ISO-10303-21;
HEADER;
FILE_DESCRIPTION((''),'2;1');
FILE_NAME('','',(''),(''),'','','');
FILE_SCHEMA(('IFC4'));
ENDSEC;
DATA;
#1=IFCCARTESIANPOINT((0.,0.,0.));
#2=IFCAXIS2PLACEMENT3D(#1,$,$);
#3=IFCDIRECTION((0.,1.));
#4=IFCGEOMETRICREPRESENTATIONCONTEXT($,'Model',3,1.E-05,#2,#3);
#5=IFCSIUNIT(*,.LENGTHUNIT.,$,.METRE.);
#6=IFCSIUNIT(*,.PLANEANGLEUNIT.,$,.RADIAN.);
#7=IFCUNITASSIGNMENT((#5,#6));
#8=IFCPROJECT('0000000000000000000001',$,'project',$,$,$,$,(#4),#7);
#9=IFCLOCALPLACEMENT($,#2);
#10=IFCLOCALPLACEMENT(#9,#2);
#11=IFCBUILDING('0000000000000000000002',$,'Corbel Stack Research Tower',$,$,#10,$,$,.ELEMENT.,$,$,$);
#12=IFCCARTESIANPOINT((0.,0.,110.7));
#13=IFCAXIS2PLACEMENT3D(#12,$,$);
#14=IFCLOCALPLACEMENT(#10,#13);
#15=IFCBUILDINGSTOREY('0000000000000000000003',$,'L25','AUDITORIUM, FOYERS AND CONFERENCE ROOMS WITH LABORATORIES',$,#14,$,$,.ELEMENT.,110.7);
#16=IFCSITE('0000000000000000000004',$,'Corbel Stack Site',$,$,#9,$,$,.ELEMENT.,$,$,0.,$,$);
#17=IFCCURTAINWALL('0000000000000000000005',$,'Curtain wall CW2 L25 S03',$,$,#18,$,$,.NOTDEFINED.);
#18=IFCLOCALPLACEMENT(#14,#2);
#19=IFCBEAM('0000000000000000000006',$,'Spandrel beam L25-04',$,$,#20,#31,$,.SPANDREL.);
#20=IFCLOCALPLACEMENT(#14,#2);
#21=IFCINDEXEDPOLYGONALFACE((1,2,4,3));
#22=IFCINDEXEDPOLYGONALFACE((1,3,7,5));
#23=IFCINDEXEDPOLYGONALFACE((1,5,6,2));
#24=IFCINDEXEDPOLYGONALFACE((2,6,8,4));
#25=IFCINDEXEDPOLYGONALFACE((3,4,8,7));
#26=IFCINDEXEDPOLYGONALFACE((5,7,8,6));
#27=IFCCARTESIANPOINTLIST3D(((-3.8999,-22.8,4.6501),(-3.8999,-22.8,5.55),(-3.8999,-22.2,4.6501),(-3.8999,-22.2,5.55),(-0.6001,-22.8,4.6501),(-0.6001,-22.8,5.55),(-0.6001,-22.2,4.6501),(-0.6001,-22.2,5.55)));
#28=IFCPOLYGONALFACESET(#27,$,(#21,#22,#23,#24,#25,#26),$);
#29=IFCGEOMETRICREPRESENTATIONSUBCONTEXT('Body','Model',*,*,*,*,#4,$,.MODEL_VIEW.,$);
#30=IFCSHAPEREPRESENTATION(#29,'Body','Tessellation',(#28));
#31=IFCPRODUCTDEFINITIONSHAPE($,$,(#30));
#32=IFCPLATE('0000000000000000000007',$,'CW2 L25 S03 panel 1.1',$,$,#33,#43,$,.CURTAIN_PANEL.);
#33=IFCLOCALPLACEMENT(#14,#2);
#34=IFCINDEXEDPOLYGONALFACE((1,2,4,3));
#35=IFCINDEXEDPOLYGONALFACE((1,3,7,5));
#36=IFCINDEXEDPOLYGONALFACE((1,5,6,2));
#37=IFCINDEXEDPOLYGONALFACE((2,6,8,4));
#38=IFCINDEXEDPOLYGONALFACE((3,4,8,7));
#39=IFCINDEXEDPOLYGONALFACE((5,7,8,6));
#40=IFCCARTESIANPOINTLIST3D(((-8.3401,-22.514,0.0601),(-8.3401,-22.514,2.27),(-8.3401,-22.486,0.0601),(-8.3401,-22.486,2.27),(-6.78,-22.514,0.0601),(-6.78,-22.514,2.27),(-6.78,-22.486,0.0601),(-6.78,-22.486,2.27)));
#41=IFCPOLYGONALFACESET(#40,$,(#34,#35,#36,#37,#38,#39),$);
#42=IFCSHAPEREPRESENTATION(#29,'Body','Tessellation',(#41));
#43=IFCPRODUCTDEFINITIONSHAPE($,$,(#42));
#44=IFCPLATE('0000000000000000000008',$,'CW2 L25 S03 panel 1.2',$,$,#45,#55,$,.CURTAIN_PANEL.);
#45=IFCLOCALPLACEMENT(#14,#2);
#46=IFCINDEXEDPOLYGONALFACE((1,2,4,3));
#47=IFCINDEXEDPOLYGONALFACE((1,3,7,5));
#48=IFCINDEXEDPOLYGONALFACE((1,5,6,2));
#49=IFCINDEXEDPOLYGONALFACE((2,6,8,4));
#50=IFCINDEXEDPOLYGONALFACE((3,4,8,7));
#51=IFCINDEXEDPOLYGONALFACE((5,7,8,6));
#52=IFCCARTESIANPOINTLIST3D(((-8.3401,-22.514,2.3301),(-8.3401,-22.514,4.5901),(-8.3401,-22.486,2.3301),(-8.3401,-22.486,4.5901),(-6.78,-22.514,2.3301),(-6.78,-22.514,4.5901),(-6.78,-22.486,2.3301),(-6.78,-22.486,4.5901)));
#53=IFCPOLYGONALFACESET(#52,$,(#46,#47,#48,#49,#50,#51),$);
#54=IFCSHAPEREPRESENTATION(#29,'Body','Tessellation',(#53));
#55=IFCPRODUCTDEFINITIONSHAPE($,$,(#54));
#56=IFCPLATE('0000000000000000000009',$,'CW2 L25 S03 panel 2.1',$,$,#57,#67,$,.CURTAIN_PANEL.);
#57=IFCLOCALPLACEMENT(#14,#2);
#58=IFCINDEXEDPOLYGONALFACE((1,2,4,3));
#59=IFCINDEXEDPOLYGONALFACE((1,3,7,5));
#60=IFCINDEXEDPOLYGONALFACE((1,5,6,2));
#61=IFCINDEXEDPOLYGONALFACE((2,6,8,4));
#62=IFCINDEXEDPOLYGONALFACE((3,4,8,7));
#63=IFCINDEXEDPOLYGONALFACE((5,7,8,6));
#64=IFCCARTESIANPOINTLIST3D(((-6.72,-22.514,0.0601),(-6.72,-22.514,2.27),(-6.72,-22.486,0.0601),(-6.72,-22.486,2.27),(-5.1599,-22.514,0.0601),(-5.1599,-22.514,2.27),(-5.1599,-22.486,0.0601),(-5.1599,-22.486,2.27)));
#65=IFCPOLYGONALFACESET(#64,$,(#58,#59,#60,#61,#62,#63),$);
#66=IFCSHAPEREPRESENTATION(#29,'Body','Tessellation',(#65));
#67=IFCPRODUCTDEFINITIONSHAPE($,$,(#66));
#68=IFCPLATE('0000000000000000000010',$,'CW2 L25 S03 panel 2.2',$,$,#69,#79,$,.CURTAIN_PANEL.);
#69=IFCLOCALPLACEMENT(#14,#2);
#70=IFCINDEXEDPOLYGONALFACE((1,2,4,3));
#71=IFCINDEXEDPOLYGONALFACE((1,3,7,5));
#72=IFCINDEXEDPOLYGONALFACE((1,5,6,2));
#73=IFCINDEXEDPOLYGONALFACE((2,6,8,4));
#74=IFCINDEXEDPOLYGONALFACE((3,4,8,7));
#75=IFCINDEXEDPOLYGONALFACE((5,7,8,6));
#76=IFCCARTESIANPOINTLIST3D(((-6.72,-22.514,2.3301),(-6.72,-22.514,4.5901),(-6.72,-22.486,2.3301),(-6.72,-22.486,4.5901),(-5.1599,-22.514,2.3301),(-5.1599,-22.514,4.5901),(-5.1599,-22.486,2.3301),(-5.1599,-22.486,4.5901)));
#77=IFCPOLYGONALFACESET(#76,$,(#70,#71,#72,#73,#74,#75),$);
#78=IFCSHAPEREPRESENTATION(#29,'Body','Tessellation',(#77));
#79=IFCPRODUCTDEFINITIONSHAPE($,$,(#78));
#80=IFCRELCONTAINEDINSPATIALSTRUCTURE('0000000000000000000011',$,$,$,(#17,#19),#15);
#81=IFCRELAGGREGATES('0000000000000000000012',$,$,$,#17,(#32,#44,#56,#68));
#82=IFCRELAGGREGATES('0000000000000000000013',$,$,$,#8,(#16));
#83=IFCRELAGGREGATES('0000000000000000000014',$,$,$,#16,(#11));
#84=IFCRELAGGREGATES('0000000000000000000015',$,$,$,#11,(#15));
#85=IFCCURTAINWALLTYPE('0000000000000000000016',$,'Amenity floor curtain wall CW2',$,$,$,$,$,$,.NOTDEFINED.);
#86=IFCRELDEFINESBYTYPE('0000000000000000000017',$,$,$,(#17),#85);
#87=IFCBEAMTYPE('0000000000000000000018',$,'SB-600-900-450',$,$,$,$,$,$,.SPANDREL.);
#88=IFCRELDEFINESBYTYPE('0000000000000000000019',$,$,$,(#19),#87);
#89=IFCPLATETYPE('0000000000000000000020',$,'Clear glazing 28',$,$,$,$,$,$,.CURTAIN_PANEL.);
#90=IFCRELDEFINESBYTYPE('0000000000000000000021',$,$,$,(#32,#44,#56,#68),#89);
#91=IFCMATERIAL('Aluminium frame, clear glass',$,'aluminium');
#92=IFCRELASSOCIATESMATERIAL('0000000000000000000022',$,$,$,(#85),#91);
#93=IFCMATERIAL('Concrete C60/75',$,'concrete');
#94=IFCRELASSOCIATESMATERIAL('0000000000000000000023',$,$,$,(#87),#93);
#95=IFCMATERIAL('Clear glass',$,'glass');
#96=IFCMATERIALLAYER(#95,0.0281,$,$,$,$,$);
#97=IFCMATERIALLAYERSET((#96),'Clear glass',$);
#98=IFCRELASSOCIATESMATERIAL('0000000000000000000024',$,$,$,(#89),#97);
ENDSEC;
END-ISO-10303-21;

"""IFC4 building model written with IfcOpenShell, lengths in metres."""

from ifc_helpers import new_model, si_unit, direction, frame, origin, origin_2d, place, context, subcontext, project, spatial, rectangle, extrude, material, layer, layer_set, material_profile, profile_set, type_object, element, aggregate, save


model = new_model("IFC4")

# Units and contexts
model_context = context("Model", 3, precision=1e-05, world=origin(), true_north=direction((0.0, 1.0)))
body_context = subcontext(model_context, "Body", "Model", "MODEL_VIEW")
ifc_project = project(units=[si_unit("LENGTHUNIT", "METRE"), si_unit("PLANEANGLEUNIT", "RADIAN")], contexts=[model_context])

# Site, building, storey
site_placement = place(None, origin())
site = spatial("IfcSite", under=ifc_project, at=site_placement, Name="Corbel Stack Site", CompositionType="ELEMENT", RefElevation=0.0)
building_placement = place(site_placement, origin())
building = spatial("IfcBuilding", under=site, at=building_placement, Name="Corbel Stack Research Tower", CompositionType="ELEMENT")
storey_placement = place(building_placement, frame((0.0, 0.0, 110.7)))
storey = spatial("IfcBuildingStorey", under=building, at=storey_placement, Name="L25", Description="AUDITORIUM, FOYERS AND CONFERENCE ROOMS WITH LABORATORIES", CompositionType="ELEMENT", Elevation=110.7)

# Curtain wall
ifc_material_1 = material(Name="Aluminium frame, clear glass", Category="aluminium")
curtain_wall_type = type_object("IfcCurtainWallType", Name="Amenity floor curtain wall CW2", PredefinedType="NOTDEFINED", material=ifc_material_1)
curtain_wall_1_placement = place(storey_placement, origin())
curtain_wall_1 = element("IfcCurtainWall", 1, at=curtain_wall_1_placement, inside=storey, type_object=curtain_wall_type, Name="Curtain wall CW2 L25 S03", PredefinedType="NOTDEFINED")

# Beam
ifc_material_2 = material(Name="Concrete C60/75", Category="concrete")
ifc_material_profile_1 = material_profile(ifc_material_2, rectangle(XDim=0.6001, YDim=0.8999, at=origin_2d()), Name="RC 600 x 900")
ifc_profile_set_1 = profile_set([ifc_material_profile_1], Name="Concrete C60/75")
beam_type = type_object("IfcBeamType", Name="SB-600-900-450", PredefinedType="SPANDREL", material=ifc_profile_set_1)
for number, where, z_axis, x_axis, name in (
    (2, (-3.8999, -22.5, 5.1001), (1.0, 0.0, 0.0), (0.0, 1.0, 0.0), "Spandrel beam L25-04"),
):
    element("IfcBeam", number, at=place(storey_placement, frame(where, z_axis=z_axis, x_axis=x_axis)), inside=storey, type_object=beam_type, Name=name, PredefinedType="SPANDREL", context=body_context, shape_type="SweptSolid", body=[
        extrude(rectangle(XDim=0.6001, YDim=0.8999, at=origin_2d()), origin(), (0.0, 0.0, 1.0), 3.2998),
    ])

# Plates
ifc_material_3 = material(Name="Clear glass", Category="glass")
ifc_layer = layer(ifc_material_3, 0.0281)
ifc_layer_set = layer_set([ifc_layer], Name="Clear glass")
plate_type = type_object("IfcPlateType", Name="Clear glazing 28", PredefinedType="CURTAIN_PANEL", material=ifc_layer_set)
plate_1_placement = place(storey_placement, frame((-7.5601, -22.5, 0.0601), z_axis=(0.0, 0.0, 1.0), x_axis=(1.0, 0.0, 0.0)))
plate_1 = element("IfcPlate", 3, at=plate_1_placement, type_object=plate_type, Name="CW2 L25 S03 panel 1.1", PredefinedType="CURTAIN_PANEL", context=body_context, shape_type="SweptSolid", body=[
    extrude(rectangle(XDim=1.5601, YDim=0.0281, at=origin_2d()), origin(), (0.0, 0.0, 1.0), 2.21),
])
plate_2_placement = place(storey_placement, frame((-7.5601, -22.5, 2.3301), z_axis=(0.0, 0.0, 1.0), x_axis=(1.0, 0.0, 0.0)))
plate_2 = element("IfcPlate", 4, at=plate_2_placement, type_object=plate_type, Name="CW2 L25 S03 panel 1.2", PredefinedType="CURTAIN_PANEL", context=body_context, shape_type="SweptSolid", body=[
    extrude(rectangle(XDim=1.5601, YDim=0.0281, at=origin_2d()), origin(), (0.0, 0.0, 1.0), 2.26),
])
plate_3_placement = place(storey_placement, frame((-5.9399, -22.5, 0.0601), z_axis=(0.0, 0.0, 1.0), x_axis=(1.0, 0.0, 0.0)))
plate_3 = element("IfcPlate", 5, at=plate_3_placement, type_object=plate_type, Name="CW2 L25 S03 panel 2.1", PredefinedType="CURTAIN_PANEL", context=body_context, shape_type="SweptSolid", body=[
    extrude(rectangle(XDim=1.5601, YDim=0.0281, at=origin_2d()), origin(), (0.0, 0.0, 1.0), 2.21),
])
plate_4_placement = place(storey_placement, frame((-5.9399, -22.5, 2.3301), z_axis=(0.0, 0.0, 1.0), x_axis=(1.0, 0.0, 0.0)))
plate_4 = element("IfcPlate", 6, at=plate_4_placement, type_object=plate_type, Name="CW2 L25 S03 panel 2.2", PredefinedType="CURTAIN_PANEL", context=body_context, shape_type="SweptSolid", body=[
    extrude(rectangle(XDim=1.5601, YDim=0.0281, at=origin_2d()), origin(), (0.0, 0.0, 1.0), 2.26),
])
aggregate(curtain_wall_1, [plate_1, plate_2, plate_3, plate_4])

save(model, "model.ifc")
